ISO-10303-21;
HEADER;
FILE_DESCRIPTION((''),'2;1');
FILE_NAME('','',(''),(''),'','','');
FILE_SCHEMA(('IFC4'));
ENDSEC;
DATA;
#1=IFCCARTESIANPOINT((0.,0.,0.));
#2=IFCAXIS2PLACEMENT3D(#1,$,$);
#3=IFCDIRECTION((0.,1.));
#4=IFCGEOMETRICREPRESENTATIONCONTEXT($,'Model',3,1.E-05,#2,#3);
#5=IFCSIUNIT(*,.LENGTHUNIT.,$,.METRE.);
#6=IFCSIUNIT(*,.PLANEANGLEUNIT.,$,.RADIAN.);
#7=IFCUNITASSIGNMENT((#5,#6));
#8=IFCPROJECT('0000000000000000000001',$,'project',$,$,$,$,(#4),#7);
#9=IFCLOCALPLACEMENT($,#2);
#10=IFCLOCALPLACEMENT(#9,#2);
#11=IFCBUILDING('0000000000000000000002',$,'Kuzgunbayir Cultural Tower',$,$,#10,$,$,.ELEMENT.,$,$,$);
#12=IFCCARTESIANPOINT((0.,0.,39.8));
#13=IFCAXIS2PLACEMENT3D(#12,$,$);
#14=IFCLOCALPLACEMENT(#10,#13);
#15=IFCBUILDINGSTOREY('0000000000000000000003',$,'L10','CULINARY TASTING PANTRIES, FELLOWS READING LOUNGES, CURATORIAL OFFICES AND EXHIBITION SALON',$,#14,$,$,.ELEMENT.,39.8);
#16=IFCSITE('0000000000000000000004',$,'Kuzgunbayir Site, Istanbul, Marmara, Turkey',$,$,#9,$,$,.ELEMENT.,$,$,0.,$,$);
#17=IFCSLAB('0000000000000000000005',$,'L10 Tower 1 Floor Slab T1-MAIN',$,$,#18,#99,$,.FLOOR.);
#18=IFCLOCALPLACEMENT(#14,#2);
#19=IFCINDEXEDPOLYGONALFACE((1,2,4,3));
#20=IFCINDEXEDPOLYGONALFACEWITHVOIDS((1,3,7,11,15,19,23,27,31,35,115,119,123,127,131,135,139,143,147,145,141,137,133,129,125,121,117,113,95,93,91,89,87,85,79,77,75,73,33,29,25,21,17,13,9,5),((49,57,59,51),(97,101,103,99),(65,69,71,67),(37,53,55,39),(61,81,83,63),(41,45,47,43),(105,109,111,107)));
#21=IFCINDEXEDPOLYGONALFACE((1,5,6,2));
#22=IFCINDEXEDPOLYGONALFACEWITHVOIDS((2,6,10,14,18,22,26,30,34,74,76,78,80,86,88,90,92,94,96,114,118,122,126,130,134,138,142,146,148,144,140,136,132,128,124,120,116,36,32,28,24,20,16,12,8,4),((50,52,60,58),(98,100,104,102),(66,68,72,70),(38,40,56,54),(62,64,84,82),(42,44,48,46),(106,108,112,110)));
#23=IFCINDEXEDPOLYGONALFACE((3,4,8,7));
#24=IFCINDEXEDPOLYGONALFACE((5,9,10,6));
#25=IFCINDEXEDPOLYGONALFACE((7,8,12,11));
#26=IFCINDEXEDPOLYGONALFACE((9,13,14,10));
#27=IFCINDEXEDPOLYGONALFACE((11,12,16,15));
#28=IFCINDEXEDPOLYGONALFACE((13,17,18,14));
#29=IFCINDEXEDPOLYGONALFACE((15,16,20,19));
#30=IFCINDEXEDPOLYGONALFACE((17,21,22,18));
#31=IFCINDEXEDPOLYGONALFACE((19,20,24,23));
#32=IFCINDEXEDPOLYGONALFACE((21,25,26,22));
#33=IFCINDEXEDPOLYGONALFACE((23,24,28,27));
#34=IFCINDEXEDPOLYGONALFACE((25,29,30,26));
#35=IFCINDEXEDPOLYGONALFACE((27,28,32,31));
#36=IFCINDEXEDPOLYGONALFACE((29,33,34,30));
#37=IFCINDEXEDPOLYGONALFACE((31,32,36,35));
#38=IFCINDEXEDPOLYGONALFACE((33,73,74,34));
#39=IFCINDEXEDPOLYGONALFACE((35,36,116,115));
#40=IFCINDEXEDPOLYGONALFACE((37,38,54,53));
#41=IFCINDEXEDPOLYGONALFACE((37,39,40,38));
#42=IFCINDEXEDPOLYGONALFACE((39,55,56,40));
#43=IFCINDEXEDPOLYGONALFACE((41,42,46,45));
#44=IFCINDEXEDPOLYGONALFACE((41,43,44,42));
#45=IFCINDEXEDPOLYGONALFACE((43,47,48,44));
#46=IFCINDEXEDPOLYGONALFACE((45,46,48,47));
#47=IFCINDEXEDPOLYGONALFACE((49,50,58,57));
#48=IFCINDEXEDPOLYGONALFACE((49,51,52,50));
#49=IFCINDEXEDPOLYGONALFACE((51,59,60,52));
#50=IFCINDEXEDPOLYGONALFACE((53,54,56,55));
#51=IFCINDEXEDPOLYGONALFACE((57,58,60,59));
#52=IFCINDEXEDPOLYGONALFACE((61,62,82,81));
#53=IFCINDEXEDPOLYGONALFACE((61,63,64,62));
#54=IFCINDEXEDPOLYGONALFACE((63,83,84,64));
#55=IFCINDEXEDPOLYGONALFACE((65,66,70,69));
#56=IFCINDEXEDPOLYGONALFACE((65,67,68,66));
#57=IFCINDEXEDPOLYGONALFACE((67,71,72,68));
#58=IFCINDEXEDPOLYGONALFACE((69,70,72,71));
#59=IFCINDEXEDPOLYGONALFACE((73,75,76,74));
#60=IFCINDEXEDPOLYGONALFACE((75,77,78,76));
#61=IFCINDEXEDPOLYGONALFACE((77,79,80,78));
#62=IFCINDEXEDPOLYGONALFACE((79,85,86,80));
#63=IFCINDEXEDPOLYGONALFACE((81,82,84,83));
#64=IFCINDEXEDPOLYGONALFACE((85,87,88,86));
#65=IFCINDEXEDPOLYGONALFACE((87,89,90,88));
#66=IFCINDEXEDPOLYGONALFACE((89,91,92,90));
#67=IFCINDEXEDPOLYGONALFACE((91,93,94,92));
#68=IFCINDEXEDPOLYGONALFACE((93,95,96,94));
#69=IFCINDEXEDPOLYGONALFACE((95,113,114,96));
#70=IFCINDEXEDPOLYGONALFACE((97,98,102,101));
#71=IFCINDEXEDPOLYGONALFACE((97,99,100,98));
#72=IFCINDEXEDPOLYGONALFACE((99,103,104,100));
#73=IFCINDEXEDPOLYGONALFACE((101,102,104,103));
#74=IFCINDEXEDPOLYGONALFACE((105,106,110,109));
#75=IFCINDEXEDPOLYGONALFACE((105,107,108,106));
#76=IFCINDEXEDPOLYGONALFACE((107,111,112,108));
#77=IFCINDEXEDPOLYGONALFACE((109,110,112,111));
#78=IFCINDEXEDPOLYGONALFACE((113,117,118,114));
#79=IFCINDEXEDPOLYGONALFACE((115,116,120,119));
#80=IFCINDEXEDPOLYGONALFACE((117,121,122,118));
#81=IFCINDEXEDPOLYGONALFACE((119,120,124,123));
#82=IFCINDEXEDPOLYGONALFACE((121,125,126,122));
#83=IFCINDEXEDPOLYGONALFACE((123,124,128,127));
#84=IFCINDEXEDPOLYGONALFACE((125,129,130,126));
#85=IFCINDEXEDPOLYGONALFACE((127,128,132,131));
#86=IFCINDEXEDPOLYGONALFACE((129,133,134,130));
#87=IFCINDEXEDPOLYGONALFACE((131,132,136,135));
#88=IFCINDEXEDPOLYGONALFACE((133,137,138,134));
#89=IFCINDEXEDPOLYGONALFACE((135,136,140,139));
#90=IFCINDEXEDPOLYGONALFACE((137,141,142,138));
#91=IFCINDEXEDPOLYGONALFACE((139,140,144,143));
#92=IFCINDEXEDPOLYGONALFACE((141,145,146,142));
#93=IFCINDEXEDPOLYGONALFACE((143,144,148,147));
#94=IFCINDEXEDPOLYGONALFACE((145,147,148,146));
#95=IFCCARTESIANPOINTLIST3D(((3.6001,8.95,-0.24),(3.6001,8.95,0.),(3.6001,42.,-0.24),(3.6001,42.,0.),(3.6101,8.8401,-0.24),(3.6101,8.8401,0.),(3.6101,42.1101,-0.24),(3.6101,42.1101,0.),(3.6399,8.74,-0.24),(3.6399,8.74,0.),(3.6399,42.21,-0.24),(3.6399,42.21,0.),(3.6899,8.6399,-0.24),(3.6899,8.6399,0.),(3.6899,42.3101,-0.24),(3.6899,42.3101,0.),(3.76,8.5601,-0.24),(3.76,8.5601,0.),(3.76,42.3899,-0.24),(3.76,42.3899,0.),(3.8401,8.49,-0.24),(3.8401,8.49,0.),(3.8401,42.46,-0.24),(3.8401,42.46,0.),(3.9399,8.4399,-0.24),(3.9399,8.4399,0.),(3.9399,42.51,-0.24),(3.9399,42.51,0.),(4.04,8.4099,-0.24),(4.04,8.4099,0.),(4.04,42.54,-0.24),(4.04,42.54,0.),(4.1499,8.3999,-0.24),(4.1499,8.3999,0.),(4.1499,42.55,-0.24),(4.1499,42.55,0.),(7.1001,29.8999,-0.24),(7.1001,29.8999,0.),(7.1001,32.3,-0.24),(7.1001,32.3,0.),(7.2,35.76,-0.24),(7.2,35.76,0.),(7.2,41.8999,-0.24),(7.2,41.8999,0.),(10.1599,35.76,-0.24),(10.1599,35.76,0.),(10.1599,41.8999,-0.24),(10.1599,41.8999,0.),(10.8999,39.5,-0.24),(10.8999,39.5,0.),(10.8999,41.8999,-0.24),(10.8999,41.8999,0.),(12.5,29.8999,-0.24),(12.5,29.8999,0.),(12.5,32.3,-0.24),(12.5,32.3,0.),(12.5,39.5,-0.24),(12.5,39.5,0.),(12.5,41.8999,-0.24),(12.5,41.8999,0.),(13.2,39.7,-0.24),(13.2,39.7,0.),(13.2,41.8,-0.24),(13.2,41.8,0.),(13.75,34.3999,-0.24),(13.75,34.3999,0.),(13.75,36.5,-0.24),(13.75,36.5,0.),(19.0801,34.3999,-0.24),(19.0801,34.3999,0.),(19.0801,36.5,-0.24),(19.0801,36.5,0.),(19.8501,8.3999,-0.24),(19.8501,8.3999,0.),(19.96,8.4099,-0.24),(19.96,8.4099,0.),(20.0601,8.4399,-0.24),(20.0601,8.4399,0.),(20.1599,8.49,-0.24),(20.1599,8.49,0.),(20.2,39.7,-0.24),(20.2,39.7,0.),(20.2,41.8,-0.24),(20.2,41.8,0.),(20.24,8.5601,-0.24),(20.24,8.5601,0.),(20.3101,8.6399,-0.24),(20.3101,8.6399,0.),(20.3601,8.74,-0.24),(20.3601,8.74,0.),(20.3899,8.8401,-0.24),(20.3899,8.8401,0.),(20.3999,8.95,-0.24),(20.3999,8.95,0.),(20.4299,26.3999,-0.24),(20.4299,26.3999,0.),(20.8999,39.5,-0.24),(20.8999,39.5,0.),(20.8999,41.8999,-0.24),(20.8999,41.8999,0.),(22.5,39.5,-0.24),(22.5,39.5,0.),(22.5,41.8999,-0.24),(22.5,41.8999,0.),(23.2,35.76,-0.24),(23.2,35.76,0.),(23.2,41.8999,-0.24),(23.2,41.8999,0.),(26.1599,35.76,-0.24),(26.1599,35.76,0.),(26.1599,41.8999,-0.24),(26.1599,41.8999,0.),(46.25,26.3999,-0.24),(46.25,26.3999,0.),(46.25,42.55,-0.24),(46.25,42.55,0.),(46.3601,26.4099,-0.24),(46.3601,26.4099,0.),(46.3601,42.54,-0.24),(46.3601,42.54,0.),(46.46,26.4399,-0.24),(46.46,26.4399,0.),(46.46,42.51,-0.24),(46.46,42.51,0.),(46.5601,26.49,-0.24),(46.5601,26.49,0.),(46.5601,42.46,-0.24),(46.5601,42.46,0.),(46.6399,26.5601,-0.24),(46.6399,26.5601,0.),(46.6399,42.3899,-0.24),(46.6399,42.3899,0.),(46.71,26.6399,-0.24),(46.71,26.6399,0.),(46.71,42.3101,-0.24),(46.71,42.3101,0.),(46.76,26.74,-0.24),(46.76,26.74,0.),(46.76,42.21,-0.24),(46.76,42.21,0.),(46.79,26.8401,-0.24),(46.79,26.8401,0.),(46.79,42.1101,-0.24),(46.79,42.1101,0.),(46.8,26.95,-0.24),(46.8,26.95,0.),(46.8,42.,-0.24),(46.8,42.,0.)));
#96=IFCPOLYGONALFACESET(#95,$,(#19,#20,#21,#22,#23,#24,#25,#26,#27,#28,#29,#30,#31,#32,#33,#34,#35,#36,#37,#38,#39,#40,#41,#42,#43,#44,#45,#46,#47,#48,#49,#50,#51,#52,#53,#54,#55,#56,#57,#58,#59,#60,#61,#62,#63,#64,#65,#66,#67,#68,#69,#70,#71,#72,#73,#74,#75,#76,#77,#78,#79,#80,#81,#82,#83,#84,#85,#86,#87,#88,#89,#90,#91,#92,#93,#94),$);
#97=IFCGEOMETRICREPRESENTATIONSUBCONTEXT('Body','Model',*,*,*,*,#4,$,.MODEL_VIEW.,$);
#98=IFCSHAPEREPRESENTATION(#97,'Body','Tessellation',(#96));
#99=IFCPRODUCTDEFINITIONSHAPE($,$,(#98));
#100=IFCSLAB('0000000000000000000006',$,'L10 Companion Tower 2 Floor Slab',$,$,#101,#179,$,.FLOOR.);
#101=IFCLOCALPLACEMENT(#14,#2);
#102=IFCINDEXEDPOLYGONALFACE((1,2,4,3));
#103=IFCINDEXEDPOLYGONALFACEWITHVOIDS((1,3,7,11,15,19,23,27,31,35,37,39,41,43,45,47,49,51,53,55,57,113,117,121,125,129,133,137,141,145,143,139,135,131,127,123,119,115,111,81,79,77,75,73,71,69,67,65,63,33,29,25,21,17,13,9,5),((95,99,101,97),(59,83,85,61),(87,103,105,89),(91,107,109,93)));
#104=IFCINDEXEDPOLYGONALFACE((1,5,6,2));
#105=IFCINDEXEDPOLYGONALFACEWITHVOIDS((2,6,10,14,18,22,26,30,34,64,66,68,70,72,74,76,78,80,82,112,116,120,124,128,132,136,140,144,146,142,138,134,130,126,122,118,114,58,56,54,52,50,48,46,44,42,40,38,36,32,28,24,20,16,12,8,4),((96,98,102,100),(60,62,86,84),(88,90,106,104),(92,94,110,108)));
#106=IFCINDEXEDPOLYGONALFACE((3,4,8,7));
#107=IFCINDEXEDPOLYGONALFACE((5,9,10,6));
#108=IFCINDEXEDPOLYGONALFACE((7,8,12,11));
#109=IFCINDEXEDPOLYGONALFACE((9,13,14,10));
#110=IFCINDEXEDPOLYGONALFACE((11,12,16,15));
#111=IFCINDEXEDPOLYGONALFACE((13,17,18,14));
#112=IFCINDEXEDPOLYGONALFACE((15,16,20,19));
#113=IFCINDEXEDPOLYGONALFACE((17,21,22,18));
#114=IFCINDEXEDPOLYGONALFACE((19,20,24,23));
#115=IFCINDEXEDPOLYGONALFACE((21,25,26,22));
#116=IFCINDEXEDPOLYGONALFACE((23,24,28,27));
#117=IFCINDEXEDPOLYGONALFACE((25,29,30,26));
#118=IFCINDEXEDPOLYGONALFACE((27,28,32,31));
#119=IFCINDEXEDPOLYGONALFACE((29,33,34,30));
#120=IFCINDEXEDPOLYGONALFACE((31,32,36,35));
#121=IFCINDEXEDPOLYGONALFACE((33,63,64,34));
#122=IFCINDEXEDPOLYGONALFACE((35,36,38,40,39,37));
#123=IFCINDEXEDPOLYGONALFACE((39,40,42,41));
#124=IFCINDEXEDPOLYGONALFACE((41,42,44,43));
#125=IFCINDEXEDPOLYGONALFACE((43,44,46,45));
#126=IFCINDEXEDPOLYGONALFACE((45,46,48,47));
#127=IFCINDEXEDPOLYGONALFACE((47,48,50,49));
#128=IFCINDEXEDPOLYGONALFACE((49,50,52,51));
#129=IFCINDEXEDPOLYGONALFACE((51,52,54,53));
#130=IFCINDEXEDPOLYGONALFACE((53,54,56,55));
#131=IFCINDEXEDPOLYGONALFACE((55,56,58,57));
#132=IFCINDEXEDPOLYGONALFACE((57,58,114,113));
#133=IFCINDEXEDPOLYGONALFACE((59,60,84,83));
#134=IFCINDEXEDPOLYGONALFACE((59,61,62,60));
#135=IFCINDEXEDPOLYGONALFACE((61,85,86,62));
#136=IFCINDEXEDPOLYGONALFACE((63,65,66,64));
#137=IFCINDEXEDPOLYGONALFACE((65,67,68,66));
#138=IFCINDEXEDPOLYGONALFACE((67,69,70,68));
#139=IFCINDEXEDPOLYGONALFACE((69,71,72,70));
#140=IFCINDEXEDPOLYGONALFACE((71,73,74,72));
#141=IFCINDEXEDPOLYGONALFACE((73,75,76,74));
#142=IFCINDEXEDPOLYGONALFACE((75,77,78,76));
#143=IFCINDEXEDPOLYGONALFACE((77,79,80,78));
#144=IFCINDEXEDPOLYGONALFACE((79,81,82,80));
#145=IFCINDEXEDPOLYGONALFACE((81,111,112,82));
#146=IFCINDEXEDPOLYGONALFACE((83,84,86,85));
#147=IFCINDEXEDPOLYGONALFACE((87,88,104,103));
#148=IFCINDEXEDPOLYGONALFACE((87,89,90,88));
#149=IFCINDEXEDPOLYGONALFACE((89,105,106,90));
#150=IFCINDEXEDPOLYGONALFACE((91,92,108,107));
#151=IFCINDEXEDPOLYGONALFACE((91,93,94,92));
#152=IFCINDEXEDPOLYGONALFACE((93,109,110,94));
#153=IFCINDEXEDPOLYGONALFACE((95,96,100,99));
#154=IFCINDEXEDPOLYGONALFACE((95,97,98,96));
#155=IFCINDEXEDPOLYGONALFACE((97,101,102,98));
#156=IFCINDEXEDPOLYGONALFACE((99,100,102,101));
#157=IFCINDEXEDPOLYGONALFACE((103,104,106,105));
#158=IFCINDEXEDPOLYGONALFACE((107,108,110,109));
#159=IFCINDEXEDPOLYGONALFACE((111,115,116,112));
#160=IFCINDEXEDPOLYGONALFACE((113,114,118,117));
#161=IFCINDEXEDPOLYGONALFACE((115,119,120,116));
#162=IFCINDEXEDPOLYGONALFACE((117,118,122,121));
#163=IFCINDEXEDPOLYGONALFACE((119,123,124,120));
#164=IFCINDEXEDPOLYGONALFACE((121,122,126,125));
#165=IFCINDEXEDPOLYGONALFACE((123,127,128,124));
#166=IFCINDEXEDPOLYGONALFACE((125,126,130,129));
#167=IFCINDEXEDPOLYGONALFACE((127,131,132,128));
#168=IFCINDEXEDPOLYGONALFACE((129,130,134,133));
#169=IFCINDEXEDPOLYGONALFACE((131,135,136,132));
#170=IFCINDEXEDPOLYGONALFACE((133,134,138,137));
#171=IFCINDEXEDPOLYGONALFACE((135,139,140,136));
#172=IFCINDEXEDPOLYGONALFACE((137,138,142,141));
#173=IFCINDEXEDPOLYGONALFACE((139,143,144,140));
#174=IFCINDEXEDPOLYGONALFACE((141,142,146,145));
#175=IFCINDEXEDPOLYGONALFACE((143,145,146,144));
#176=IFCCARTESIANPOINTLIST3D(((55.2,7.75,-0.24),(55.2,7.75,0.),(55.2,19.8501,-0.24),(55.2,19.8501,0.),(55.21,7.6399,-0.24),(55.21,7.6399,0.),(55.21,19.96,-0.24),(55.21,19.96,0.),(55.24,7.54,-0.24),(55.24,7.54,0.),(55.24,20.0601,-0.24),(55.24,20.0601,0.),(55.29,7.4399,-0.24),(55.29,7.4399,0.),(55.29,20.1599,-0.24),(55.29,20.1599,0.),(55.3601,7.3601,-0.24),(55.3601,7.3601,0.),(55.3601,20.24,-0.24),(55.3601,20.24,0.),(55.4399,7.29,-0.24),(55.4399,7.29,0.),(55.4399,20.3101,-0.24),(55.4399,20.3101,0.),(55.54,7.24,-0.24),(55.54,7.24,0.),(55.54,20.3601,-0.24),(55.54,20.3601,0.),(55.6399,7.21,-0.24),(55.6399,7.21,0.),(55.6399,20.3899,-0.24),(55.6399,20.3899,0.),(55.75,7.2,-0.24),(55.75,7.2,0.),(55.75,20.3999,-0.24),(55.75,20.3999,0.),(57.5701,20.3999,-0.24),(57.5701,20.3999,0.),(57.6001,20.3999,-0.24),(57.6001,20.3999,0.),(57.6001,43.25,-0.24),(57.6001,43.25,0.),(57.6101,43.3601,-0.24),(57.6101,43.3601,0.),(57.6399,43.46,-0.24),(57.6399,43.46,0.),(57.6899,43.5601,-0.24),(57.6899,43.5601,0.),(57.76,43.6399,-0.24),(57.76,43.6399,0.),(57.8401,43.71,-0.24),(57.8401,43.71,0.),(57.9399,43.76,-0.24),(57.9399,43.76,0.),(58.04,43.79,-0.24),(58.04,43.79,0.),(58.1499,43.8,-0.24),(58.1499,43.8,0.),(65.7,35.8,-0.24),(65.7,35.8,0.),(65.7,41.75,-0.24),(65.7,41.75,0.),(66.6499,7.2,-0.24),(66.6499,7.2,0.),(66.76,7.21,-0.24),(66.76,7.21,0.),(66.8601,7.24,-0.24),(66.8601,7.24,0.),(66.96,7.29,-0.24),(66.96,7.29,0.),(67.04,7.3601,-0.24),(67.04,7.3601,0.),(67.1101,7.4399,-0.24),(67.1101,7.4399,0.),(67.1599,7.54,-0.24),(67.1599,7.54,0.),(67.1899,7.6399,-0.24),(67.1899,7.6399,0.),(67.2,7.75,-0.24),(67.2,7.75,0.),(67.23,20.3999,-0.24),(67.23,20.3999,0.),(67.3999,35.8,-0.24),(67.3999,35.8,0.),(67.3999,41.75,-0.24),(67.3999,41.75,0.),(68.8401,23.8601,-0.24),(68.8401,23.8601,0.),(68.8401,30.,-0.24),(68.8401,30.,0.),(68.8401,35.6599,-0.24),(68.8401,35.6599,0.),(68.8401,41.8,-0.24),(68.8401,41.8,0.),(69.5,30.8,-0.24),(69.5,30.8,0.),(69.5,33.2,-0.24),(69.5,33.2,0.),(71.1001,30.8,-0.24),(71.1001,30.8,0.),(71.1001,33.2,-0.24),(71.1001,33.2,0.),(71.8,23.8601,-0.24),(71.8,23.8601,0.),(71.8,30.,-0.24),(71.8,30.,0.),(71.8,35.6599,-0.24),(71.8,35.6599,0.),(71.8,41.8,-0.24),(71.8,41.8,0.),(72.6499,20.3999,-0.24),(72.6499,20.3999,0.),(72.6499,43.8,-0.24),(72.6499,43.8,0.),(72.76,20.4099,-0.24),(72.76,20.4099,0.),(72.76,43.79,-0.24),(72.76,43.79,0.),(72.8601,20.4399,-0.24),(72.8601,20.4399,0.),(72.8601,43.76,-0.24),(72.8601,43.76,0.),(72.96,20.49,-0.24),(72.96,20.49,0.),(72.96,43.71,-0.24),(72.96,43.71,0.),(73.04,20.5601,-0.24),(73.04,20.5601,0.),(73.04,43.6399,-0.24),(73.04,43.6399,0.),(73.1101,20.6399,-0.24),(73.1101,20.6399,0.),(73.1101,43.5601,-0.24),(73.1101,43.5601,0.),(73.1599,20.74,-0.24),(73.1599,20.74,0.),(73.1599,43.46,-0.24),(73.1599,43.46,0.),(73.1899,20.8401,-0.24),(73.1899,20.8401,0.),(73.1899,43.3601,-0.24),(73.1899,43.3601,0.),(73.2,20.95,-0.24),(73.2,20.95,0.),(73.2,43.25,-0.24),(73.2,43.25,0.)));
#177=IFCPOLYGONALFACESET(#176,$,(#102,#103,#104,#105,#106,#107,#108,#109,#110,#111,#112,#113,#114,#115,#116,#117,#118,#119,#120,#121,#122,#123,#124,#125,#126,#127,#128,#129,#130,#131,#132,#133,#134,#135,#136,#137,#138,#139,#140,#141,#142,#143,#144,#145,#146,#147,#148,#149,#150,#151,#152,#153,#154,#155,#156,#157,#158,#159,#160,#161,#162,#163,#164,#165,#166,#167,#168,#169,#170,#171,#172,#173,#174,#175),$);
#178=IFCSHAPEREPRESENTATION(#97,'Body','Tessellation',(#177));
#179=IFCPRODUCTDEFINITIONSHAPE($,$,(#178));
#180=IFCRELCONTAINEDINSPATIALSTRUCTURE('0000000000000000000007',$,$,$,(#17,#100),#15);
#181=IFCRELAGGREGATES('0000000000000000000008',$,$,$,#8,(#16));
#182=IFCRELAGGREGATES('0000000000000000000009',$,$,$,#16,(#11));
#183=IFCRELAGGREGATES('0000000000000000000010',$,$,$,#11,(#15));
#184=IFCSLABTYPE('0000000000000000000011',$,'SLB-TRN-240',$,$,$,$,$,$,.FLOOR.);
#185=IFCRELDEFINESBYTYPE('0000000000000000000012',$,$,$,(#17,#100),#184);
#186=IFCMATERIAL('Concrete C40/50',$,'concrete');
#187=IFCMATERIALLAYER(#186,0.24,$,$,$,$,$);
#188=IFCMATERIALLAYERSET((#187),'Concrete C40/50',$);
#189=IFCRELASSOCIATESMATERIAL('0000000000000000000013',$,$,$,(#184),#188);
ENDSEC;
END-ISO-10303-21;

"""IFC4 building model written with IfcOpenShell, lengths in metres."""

from ifc_helpers import new_model, si_unit, direction, frame, origin, place, context, subcontext, project, spatial, polyline, outline, extrude, material, layer, layer_set, type_object, element, save


model = new_model("IFC4")

# Units and contexts
model_context = context("Model", 3, precision=1e-05, world=origin(), true_north=direction((0.0, 1.0)))
body_context = subcontext(model_context, "Body", "Model", "MODEL_VIEW")
ifc_project = project(units=[si_unit("LENGTHUNIT", "METRE"), si_unit("PLANEANGLEUNIT", "RADIAN")], contexts=[model_context])

# Site, building, storey
site_placement = place(None, origin())
site = spatial("IfcSite", under=ifc_project, at=site_placement, Name="Kuzgunbayir Site, Istanbul, Marmara, Turkey", CompositionType="ELEMENT", RefElevation=0.0)
building_placement = place(site_placement, origin())
building = spatial("IfcBuilding", under=site, at=building_placement, Name="Kuzgunbayir Cultural Tower", CompositionType="ELEMENT")
storey_placement = place(building_placement, frame((0.0, 0.0, 39.8)))
storey = spatial("IfcBuildingStorey", under=building, at=storey_placement, Name="L10", Description="CULINARY TASTING PANTRIES, FELLOWS READING LOUNGES, CURATORIAL OFFICES AND EXHIBITION SALON", CompositionType="ELEMENT", Elevation=39.8)

# Shared definitions
ifc_material_1 = material(Name="Concrete C40/50", Category="concrete")

# Slabs
ifc_layer_1 = layer(ifc_material_1, 0.24)
ifc_layer_set_1 = layer_set([ifc_layer_1], Name="Concrete C40/50")
slab_type_1 = type_object("IfcSlabType", Name="SLB-TRN-240", PredefinedType="FLOOR", material=ifc_layer_set_1)
slab_1_placement = place(storey_placement, frame((0.0, 0.0, -0.24)))
element("IfcSlab", 1, at=slab_1_placement, inside=storey, type_object=slab_type_1, Name="L10 Tower 1 Floor Slab T1-MAIN", PredefinedType="FLOOR", context=body_context, shape_type="SweptSolid", body=[
    extrude(outline(polyline([(20.3999, 8.95), (20.3899, 8.8401), (20.3601, 8.74), (20.3101, 8.6399), (20.24, 8.5601), (20.1599, 8.49), (20.0601, 8.4399), (19.96, 8.4099), (19.8501, 8.3999), (4.1499, 8.3999), (4.04, 8.4099), (3.9399, 8.4399), (3.8401, 8.49), (3.76, 8.5601), (3.6899, 8.6399), (3.6399, 8.74), (3.6101, 8.8401), (3.6001, 8.95), (3.6001, 42.0), (3.6101, 42.1101), (3.6399, 42.21), (3.6899, 42.3101), (3.76, 42.3899), (3.8401, 42.46), (3.9399, 42.51), (4.04, 42.54), (4.1499, 42.55), (46.25, 42.55), (46.3601, 42.54), (46.46, 42.51), (46.5601, 42.46), (46.6399, 42.3899), (46.71, 42.3101), (46.76, 42.21), (46.79, 42.1101), (46.8, 42.0), (46.8, 26.95), (46.79, 26.8401), (46.76, 26.74), (46.71, 26.6399), (46.6399, 26.5601), (46.5601, 26.49), (46.46, 26.4399), (46.3601, 26.4099), (46.25, 26.3999), (20.4299, 26.3999), (20.3999, 8.95)]), holes=[polyline([(7.2, 35.76), (7.2, 41.8999), (10.1599, 41.8999), (10.1599, 35.76), (7.2, 35.76)]), polyline([(23.2, 35.76), (23.2, 41.8999), (26.1599, 41.8999), (26.1599, 35.76), (23.2, 35.76)]), polyline([(13.2, 39.7), (13.2, 41.8), (20.2, 41.8), (20.2, 39.7), (13.2, 39.7)]), polyline([(13.75, 34.3999), (13.75, 36.5), (19.0801, 36.5), (19.0801, 34.3999), (13.75, 34.3999)]), polyline([(7.1001, 29.8999), (7.1001, 32.3), (12.5, 32.3), (12.5, 29.8999), (7.1001, 29.8999)]), polyline([(10.8999, 39.5), (10.8999, 41.8999), (12.5, 41.8999), (12.5, 39.5), (10.8999, 39.5)]), polyline([(20.8999, 39.5), (20.8999, 41.8999), (22.5, 41.8999), (22.5, 39.5), (20.8999, 39.5)])]), origin(), (0.0, 0.0, 1.0), 0.24),
])
slab_2_placement = place(storey_placement, frame((0.0, 0.0, -0.24)))
element("IfcSlab", 2, at=slab_2_placement, inside=storey, type_object=slab_type_1, Name="L10 Companion Tower 2 Floor Slab", PredefinedType="FLOOR", context=body_context, shape_type="SweptSolid", body=[
    extrude(outline(polyline([(57.6001, 20.3999), (57.6001, 43.25), (57.6101, 43.3601), (57.6399, 43.46), (57.6899, 43.5601), (57.76, 43.6399), (57.8401, 43.71), (57.9399, 43.76), (58.04, 43.79), (58.1499, 43.8), (72.6499, 43.8), (72.76, 43.79), (72.8601, 43.76), (72.96, 43.71), (73.04, 43.6399), (73.1101, 43.5601), (73.1599, 43.46), (73.1899, 43.3601), (73.2, 43.25), (73.2, 20.95), (73.1899, 20.8401), (73.1599, 20.74), (73.1101, 20.6399), (73.04, 20.5601), (72.96, 20.49), (72.8601, 20.4399), (72.76, 20.4099), (72.6499, 20.3999), (67.23, 20.3999), (67.2, 7.75), (67.1899, 7.6399), (67.1599, 7.54), (67.1101, 7.4399), (67.04, 7.3601), (66.96, 7.29), (66.8601, 7.24), (66.76, 7.21), (66.6499, 7.2), (55.75, 7.2), (55.6399, 7.21), (55.54, 7.24), (55.4399, 7.29), (55.3601, 7.3601), (55.29, 7.4399), (55.24, 7.54), (55.21, 7.6399), (55.2, 7.75), (55.2, 19.8501), (55.21, 19.96), (55.24, 20.0601), (55.29, 20.1599), (55.3601, 20.24), (55.4399, 20.3101), (55.54, 20.3601), (55.6399, 20.3899), (55.75, 20.3999), (57.5701, 20.3999), (57.6001, 20.3999)]), holes=[polyline([(68.8401, 23.8601), (68.8401, 30.0), (71.8, 30.0), (71.8, 23.8601), (68.8401, 23.8601)]), polyline([(68.8401, 35.6599), (68.8401, 41.8), (71.8, 41.8), (71.8, 35.6599), (68.8401, 35.6599)]), polyline([(65.7, 35.8), (65.7, 41.75), (67.3999, 41.75), (67.3999, 35.8), (65.7, 35.8)]), polyline([(69.5, 30.8), (69.5, 33.2), (71.1001, 33.2), (71.1001, 30.8), (69.5, 30.8)])]), origin(), (0.0, 0.0, 1.0), 0.24),
])

save(model, "model.ifc")
